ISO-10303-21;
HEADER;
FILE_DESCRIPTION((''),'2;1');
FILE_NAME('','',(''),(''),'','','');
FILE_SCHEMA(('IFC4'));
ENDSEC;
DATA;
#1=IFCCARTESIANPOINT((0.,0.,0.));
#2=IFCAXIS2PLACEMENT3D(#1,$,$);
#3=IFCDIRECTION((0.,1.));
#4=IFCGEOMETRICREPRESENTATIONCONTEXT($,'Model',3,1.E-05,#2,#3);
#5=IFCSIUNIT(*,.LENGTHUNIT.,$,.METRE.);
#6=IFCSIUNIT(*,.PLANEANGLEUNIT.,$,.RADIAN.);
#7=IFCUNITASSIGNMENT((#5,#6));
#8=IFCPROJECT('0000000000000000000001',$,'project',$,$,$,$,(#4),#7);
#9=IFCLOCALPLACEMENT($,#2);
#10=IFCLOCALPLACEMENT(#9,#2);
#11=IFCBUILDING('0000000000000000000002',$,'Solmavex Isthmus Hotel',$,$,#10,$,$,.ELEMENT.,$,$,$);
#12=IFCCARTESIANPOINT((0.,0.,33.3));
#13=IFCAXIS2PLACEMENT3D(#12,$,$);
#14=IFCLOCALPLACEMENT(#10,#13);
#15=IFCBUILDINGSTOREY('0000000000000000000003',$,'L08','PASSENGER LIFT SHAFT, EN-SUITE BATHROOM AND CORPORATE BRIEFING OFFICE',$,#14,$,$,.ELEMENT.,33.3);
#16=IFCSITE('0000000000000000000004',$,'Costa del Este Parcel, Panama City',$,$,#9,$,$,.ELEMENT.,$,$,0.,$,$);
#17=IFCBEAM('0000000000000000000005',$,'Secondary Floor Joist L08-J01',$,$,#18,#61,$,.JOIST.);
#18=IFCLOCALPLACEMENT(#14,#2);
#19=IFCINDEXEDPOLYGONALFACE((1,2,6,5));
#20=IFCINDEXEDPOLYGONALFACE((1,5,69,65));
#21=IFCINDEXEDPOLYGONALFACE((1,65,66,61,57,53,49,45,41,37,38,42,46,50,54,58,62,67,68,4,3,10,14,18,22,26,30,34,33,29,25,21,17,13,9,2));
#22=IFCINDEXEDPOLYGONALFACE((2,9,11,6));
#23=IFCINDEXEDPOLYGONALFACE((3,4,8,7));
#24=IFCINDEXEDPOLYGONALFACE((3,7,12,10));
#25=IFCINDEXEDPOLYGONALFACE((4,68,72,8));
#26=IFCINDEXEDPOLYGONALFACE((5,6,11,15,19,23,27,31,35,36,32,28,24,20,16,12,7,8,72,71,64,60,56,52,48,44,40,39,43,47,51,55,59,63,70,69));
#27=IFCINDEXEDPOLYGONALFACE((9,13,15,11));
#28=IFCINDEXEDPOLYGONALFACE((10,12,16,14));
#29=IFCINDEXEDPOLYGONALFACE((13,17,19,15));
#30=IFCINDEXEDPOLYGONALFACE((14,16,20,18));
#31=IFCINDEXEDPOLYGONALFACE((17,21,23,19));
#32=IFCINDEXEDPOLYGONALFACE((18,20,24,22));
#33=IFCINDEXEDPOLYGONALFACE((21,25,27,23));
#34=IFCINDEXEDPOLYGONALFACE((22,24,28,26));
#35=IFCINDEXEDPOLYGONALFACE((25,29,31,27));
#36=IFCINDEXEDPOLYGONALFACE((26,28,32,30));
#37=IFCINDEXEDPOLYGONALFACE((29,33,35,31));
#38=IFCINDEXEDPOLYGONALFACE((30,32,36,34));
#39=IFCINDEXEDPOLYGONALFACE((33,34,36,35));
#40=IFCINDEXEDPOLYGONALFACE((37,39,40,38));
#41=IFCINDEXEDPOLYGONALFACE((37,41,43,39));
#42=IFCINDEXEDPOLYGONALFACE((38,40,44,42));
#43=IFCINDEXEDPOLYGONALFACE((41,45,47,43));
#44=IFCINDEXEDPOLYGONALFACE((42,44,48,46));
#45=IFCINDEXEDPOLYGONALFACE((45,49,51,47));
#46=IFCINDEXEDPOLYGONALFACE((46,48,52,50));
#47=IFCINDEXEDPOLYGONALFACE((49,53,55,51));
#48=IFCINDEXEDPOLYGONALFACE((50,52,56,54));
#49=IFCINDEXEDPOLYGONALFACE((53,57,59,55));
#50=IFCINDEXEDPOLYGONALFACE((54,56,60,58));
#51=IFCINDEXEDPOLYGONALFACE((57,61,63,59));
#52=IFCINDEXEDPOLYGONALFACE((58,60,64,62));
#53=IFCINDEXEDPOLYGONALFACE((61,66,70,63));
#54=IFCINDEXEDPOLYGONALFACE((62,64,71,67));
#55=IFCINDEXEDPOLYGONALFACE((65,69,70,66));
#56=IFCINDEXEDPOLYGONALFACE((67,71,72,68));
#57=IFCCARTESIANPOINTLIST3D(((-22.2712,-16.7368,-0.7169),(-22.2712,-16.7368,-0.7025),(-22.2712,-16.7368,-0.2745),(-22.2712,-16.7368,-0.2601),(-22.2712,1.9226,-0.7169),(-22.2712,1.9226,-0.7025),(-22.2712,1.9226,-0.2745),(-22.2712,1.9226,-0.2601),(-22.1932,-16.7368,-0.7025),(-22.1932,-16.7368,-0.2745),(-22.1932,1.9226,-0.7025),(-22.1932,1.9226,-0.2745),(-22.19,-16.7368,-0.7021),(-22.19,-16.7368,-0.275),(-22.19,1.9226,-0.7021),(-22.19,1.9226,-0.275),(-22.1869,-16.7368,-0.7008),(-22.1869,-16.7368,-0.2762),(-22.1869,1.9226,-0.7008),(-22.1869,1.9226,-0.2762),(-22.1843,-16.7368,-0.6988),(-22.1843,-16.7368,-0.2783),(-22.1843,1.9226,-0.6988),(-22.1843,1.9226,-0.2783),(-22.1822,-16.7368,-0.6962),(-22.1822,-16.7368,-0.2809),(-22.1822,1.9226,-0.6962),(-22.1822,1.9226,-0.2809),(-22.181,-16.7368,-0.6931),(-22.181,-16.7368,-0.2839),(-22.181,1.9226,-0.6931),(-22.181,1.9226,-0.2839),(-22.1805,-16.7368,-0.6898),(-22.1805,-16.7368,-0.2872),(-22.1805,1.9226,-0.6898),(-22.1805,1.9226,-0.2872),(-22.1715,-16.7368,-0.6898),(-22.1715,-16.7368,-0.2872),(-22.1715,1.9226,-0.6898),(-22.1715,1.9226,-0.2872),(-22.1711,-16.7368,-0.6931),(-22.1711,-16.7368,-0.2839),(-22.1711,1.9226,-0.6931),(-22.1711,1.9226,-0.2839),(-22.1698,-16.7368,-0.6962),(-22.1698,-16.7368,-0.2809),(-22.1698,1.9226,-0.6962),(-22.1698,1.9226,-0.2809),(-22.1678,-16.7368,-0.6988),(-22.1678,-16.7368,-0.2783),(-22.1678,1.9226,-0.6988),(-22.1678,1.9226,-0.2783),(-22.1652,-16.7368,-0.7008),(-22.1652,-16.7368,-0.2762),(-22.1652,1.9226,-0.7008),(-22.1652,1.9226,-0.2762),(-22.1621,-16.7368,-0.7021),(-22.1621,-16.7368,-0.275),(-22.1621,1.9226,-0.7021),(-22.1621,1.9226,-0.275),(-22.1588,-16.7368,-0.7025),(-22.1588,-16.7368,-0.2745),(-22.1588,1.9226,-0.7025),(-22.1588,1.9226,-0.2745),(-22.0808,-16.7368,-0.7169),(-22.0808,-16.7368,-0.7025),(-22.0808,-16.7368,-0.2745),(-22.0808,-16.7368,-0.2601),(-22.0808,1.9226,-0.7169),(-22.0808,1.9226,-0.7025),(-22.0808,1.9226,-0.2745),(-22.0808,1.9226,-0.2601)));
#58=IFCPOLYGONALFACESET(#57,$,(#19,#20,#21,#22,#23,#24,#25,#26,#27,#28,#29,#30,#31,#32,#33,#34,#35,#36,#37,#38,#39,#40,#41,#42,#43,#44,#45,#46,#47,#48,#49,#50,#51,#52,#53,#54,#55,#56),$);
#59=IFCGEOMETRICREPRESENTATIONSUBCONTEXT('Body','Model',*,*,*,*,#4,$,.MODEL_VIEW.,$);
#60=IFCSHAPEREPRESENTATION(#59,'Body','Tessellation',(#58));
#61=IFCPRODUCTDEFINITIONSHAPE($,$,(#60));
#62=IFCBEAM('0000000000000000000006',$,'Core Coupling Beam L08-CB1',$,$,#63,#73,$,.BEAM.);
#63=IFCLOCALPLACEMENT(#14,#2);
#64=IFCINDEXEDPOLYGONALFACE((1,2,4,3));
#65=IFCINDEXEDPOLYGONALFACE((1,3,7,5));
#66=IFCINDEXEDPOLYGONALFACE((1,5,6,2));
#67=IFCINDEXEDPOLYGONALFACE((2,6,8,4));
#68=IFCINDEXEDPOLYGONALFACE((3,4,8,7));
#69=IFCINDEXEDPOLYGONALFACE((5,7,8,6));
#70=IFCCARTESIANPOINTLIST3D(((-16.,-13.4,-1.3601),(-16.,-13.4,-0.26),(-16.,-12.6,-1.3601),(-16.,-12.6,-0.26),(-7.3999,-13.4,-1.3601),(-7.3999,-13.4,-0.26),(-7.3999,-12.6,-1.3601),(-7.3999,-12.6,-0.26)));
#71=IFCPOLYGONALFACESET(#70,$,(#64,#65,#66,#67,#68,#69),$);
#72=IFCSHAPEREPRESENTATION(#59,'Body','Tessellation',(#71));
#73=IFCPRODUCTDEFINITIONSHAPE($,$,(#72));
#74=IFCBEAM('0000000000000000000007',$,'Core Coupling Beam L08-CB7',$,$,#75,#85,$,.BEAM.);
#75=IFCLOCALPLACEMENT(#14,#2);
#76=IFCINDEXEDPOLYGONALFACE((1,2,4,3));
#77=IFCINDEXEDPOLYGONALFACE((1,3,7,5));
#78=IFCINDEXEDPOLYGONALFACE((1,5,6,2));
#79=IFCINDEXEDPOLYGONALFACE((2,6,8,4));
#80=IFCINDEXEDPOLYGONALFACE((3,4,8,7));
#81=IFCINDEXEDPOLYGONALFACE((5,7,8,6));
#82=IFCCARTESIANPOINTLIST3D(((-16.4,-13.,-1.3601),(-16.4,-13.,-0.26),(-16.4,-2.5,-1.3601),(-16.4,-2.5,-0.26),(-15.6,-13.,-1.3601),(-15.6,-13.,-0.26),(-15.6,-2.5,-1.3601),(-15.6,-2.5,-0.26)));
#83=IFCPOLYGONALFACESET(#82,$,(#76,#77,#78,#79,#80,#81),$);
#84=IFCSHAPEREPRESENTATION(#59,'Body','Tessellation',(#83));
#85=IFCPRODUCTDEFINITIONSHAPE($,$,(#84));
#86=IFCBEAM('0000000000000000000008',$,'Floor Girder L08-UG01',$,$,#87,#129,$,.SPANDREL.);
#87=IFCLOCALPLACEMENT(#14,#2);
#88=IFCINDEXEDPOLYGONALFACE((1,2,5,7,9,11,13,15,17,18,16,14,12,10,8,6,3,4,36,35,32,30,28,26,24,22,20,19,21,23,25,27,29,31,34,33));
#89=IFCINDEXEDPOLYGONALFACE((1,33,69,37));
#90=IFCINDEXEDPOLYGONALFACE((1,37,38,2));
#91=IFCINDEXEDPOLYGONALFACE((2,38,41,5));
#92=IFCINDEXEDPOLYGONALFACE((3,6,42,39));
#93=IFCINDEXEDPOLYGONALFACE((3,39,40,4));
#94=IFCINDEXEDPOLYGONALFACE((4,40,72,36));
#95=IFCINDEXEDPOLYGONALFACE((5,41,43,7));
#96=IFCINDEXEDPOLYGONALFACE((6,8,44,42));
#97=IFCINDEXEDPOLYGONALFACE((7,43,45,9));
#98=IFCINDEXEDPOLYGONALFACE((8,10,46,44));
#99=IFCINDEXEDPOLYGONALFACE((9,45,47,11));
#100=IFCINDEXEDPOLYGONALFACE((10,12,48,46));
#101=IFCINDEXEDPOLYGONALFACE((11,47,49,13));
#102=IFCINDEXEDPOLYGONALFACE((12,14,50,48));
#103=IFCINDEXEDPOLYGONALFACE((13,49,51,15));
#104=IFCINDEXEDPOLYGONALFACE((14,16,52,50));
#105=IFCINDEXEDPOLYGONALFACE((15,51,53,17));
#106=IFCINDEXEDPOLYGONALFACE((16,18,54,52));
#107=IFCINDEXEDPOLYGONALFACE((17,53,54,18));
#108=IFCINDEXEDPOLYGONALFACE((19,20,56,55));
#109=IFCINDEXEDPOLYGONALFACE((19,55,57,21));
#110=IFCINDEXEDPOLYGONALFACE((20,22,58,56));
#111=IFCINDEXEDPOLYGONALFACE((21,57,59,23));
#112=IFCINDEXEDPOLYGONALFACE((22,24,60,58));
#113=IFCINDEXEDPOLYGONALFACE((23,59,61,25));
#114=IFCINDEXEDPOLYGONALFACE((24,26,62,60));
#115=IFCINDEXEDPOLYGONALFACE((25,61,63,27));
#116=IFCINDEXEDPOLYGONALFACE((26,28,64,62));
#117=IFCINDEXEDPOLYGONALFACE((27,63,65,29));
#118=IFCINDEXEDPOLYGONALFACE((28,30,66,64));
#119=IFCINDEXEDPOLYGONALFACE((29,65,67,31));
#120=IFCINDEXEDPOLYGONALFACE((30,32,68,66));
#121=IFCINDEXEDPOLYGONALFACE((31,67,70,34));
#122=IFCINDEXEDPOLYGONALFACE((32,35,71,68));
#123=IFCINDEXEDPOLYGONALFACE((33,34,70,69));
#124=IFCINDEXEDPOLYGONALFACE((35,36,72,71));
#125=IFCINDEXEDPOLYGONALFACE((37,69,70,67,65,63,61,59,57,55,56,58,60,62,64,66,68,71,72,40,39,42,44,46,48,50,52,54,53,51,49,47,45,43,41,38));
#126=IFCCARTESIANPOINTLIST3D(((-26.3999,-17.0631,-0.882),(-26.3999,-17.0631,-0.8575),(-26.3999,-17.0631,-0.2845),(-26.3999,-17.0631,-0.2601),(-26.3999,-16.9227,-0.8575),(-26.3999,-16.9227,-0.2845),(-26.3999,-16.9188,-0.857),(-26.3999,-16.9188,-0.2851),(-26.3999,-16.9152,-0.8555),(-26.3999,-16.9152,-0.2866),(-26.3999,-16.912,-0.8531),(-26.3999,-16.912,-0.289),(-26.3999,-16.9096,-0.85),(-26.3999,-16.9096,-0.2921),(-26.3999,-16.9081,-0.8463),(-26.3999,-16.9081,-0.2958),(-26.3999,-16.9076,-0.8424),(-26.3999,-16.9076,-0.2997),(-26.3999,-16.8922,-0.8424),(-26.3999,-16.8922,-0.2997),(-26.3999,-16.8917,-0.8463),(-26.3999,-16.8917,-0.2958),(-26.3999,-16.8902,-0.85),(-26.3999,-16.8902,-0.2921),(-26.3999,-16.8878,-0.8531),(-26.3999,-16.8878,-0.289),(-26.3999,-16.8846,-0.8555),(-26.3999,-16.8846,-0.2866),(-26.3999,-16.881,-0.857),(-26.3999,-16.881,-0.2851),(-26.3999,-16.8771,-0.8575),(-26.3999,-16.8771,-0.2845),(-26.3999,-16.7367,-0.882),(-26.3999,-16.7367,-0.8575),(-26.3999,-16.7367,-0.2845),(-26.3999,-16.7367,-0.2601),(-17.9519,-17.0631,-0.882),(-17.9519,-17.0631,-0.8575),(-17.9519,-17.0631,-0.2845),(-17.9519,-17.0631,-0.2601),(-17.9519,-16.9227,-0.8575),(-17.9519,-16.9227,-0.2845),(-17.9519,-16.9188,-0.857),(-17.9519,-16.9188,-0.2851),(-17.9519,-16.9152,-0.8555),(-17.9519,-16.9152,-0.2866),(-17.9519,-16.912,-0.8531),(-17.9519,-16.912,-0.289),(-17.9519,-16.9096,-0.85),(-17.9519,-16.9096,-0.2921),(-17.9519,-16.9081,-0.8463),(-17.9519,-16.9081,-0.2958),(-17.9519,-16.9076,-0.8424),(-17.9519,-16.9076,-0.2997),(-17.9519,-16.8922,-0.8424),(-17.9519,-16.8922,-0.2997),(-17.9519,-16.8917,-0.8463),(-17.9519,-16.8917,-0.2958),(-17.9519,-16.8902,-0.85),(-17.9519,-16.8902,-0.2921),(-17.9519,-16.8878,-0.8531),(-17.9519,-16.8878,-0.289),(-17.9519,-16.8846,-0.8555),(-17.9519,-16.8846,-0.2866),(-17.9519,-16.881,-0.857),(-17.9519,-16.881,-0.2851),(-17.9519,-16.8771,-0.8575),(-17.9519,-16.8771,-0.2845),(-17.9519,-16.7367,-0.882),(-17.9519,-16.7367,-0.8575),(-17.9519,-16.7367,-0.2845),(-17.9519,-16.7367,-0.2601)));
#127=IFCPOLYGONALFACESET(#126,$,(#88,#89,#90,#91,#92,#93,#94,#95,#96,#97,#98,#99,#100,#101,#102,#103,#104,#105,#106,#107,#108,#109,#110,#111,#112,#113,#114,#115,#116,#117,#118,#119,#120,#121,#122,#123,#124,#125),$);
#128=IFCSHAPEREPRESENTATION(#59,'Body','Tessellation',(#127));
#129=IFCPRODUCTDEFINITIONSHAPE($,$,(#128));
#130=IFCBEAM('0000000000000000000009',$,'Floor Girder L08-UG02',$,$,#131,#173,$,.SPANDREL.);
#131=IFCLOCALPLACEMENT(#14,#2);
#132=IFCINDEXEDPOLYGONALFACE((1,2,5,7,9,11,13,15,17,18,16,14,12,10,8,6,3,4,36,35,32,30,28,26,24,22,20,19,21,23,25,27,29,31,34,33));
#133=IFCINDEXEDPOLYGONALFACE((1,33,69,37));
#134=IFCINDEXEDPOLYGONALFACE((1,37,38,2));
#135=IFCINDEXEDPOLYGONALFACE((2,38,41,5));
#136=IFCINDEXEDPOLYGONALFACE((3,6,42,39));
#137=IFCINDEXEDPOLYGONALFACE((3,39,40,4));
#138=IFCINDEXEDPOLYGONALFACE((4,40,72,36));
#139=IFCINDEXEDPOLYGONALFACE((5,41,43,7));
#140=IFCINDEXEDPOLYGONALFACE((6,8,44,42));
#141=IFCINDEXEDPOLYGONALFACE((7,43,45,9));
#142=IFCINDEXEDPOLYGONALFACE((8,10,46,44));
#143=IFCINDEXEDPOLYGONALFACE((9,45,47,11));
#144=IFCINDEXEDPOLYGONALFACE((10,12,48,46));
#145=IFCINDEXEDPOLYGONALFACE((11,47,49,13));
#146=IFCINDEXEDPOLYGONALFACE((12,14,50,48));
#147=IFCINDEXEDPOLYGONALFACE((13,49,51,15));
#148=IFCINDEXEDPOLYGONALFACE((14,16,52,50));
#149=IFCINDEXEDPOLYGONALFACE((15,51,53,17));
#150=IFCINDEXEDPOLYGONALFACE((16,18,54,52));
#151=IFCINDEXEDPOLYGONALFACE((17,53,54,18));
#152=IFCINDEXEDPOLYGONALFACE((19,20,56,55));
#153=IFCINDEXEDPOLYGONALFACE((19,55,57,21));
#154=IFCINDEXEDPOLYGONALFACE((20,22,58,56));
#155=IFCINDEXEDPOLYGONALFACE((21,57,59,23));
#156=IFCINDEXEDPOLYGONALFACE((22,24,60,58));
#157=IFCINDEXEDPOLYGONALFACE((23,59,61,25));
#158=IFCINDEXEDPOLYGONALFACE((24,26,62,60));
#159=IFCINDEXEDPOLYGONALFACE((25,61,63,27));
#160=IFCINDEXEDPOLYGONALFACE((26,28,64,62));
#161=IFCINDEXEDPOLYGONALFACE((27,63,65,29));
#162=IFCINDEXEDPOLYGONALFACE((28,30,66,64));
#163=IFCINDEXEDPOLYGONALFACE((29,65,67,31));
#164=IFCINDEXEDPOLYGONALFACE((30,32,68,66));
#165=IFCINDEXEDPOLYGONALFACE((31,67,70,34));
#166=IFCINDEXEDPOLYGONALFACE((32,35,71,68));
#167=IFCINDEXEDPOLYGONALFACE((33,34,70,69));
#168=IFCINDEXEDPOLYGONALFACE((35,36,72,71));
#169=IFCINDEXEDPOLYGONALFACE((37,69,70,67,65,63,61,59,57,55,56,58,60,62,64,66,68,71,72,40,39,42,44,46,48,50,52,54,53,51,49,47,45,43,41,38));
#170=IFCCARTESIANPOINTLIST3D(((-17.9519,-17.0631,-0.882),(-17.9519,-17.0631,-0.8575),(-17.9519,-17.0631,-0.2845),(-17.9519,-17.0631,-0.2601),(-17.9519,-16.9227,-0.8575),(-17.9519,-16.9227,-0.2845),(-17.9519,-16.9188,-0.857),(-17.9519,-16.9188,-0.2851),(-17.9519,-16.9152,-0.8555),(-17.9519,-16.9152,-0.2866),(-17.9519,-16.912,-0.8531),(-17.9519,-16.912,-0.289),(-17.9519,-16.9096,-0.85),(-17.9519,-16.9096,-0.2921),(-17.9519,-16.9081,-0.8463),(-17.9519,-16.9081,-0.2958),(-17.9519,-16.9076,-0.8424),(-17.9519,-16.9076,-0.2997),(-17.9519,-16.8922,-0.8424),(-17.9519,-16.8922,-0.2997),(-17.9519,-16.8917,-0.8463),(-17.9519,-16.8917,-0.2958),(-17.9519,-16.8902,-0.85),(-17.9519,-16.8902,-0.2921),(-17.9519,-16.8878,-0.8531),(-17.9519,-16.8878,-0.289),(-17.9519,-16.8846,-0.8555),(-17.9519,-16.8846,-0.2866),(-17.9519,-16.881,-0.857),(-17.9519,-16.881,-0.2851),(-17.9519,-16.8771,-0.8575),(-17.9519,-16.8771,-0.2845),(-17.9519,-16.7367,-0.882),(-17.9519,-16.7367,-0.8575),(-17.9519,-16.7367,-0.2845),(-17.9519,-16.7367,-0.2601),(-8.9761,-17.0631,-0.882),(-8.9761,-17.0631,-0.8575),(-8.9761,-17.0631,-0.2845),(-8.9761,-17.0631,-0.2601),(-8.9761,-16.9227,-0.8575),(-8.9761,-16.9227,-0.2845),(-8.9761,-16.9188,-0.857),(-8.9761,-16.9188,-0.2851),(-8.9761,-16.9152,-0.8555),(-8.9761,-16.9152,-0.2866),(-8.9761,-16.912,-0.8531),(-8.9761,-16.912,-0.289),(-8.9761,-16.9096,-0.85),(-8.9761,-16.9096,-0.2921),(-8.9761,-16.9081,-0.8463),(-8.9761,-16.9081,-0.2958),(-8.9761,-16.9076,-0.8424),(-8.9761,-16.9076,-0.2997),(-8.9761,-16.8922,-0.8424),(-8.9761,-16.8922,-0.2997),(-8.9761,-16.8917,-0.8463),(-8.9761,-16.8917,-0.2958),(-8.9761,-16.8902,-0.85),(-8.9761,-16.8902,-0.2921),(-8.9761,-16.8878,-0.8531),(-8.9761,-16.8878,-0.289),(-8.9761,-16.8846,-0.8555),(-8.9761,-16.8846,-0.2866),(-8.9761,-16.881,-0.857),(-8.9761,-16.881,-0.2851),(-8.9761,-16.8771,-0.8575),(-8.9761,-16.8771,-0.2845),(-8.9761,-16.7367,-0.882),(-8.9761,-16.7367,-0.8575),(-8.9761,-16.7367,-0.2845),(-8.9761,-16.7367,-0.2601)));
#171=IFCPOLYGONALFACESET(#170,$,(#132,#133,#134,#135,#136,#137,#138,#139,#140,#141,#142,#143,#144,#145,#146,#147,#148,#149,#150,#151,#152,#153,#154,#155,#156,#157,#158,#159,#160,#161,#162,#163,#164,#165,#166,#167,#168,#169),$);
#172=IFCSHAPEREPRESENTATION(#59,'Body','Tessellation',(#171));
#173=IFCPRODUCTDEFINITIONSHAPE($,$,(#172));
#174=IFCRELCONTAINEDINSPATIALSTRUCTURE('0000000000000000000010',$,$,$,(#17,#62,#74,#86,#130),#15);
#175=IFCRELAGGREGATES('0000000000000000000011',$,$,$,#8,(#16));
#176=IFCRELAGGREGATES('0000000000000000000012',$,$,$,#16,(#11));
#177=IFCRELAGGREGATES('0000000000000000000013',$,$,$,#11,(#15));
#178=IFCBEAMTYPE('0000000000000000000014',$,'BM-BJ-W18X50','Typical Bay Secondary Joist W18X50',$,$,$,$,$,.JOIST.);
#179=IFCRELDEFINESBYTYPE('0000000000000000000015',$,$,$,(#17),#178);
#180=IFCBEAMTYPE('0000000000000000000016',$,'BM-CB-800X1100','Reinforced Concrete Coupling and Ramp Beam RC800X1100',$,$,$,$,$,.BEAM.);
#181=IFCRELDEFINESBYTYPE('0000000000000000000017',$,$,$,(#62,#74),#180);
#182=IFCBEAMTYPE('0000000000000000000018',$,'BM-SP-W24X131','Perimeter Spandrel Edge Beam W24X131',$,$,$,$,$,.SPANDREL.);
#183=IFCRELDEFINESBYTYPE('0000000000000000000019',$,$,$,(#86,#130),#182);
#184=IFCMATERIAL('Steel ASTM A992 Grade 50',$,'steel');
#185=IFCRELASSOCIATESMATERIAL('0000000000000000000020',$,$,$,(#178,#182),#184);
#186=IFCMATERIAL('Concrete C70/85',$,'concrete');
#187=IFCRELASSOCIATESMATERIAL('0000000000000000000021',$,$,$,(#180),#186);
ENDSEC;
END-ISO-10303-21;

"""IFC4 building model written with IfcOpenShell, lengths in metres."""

from ifc_helpers import new_model, si_unit, direction, frame, origin, origin_2d, place, context, subcontext, project, spatial, rectangle, i_section, extrude, material, material_profile, profile_set, type_object, element, save


model = new_model("IFC4")

# Units and contexts
model_context = context("Model", 3, precision=1e-05, world=origin(), true_north=direction((0.0, 1.0)))
body_context = subcontext(model_context, "Body", "Model", "MODEL_VIEW")
ifc_project = project(units=[si_unit("LENGTHUNIT", "METRE"), si_unit("PLANEANGLEUNIT", "RADIAN")], contexts=[model_context])

# Site, building, storey
site_placement = place(None, origin())
site = spatial("IfcSite", under=ifc_project, at=site_placement, Name="Costa del Este Parcel, Panama City", CompositionType="ELEMENT", RefElevation=0.0)
building_placement = place(site_placement, origin())
building = spatial("IfcBuilding", under=site, at=building_placement, Name="Solmavex Isthmus Hotel", CompositionType="ELEMENT")
storey_placement = place(building_placement, frame((0.0, 0.0, 33.3)))
storey = spatial("IfcBuildingStorey", under=building, at=storey_placement, Name="L08", Description="PASSENGER LIFT SHAFT, EN-SUITE BATHROOM AND CORPORATE BRIEFING OFFICE", CompositionType="ELEMENT", Elevation=33.3)

# Shared definitions
ifc_material_1 = material(Name="Concrete C70/85", Category="concrete")

# Beams
ifc_material_2 = material(Name="Steel ASTM A992 Grade 50", Category="steel")
ifc_material_profile_1 = material_profile(ifc_material_2, i_section(OverallWidth=0.1904, OverallDepth=0.4568, WebThickness=0.009, FlangeThickness=0.0144, FilletRadius=0.0127, at=origin_2d()), Name="W18X50")
ifc_profile_set_1 = profile_set([ifc_material_profile_1], Name="Steel ASTM A992 Grade 50")
beam_type_1 = type_object("IfcBeamType", Name="BM-BJ-W18X50", Description="Typical Bay Secondary Joist W18X50", PredefinedType="JOIST", material=ifc_profile_set_1)
beam_1_placement = place(storey_placement, frame((-22.176, -16.7368, -0.4885), z_axis=(0.0, 1.0, 0.0), x_axis=(-1.0, 0.0, 0.0)))
element("IfcBeam", 1, at=beam_1_placement, inside=storey, type_object=beam_type_1, Name="Secondary Floor Joist L08-J01", PredefinedType="JOIST", context=body_context, shape_type="SweptSolid", body=[
    extrude(i_section(OverallWidth=0.1904, OverallDepth=0.4568, WebThickness=0.009, FlangeThickness=0.0144, FilletRadius=0.0127, at=origin_2d()), origin(), (0.0, 0.0, 1.0), 18.6594),
])
ifc_material_profile_2 = material_profile(ifc_material_1, rectangle(XDim=0.8, YDim=1.1001, at=origin_2d()), Name="RC800X1100")
ifc_profile_set_2 = profile_set([ifc_material_profile_2], Name="Concrete C70/85")
beam_type_2 = type_object("IfcBeamType", Name="BM-CB-800X1100", Description="Reinforced Concrete Coupling and Ramp Beam RC800X1100", PredefinedType="BEAM", material=ifc_profile_set_2)
beam_2_placement = place(storey_placement, frame((-16.0, -13.0, -0.8101), z_axis=(1.0, 0.0, 0.0), x_axis=(0.0, 1.0, 0.0)))
element("IfcBeam", 2, at=beam_2_placement, inside=storey, type_object=beam_type_2, Name="Core Coupling Beam L08-CB1", PredefinedType="BEAM", context=body_context, shape_type="SweptSolid", body=[
    extrude(rectangle(XDim=0.8, YDim=1.1001, at=origin_2d()), origin(), (0.0, 0.0, 1.0), 8.6001),
])
beam_3_placement = place(storey_placement, frame((-16.0, -13.0, -0.8101), z_axis=(0.0, 1.0, 0.0), x_axis=(-1.0, 0.0, 0.0)))
element("IfcBeam", 3, at=beam_3_placement, inside=storey, type_object=beam_type_2, Name="Core Coupling Beam L08-CB7", PredefinedType="BEAM", context=body_context, shape_type="SweptSolid", body=[
    extrude(rectangle(XDim=0.8, YDim=1.1001, at=origin_2d()), origin(), (0.0, 0.0, 1.0), 10.5),
])
ifc_material_profile_3 = material_profile(ifc_material_2, i_section(OverallWidth=0.3264, OverallDepth=0.6218, WebThickness=0.0154, FlangeThickness=0.0244, FilletRadius=0.0151, at=origin_2d()), Name="W24X131")
ifc_profile_set_3 = profile_set([ifc_material_profile_3], Name="Steel ASTM A992 Grade 50")
beam_type_3 = type_object("IfcBeamType", Name="BM-SP-W24X131", Description="Perimeter Spandrel Edge Beam W24X131", PredefinedType="SPANDREL", material=ifc_profile_set_3)
beam_4_placement = place(storey_placement, frame((-26.3999, -16.8999, -0.571), z_axis=(1.0, 0.0, 0.0), x_axis=(0.0, 1.0, 0.0)))
element("IfcBeam", 4, at=beam_4_placement, inside=storey, type_object=beam_type_3, Name="Floor Girder L08-UG01", PredefinedType="SPANDREL", context=body_context, shape_type="SweptSolid", body=[
    extrude(i_section(OverallWidth=0.3264, OverallDepth=0.6218, WebThickness=0.0154, FlangeThickness=0.0244, FilletRadius=0.0151, at=origin_2d()), origin(), (0.0, 0.0, 1.0), 8.448),
])
beam_5_placement = place(storey_placement, frame((-17.9519, -16.8999, -0.571), z_axis=(1.0, 0.0, 0.0), x_axis=(0.0, 1.0, 0.0)))
element("IfcBeam", 5, at=beam_5_placement, inside=storey, type_object=beam_type_3, Name="Floor Girder L08-UG02", PredefinedType="SPANDREL", context=body_context, shape_type="SweptSolid", body=[
    extrude(i_section(OverallWidth=0.3264, OverallDepth=0.6218, WebThickness=0.0154, FlangeThickness=0.0244, FilletRadius=0.0151, at=origin_2d()), origin(), (0.0, 0.0, 1.0), 8.9758),
])

save(model, "model.ifc")
